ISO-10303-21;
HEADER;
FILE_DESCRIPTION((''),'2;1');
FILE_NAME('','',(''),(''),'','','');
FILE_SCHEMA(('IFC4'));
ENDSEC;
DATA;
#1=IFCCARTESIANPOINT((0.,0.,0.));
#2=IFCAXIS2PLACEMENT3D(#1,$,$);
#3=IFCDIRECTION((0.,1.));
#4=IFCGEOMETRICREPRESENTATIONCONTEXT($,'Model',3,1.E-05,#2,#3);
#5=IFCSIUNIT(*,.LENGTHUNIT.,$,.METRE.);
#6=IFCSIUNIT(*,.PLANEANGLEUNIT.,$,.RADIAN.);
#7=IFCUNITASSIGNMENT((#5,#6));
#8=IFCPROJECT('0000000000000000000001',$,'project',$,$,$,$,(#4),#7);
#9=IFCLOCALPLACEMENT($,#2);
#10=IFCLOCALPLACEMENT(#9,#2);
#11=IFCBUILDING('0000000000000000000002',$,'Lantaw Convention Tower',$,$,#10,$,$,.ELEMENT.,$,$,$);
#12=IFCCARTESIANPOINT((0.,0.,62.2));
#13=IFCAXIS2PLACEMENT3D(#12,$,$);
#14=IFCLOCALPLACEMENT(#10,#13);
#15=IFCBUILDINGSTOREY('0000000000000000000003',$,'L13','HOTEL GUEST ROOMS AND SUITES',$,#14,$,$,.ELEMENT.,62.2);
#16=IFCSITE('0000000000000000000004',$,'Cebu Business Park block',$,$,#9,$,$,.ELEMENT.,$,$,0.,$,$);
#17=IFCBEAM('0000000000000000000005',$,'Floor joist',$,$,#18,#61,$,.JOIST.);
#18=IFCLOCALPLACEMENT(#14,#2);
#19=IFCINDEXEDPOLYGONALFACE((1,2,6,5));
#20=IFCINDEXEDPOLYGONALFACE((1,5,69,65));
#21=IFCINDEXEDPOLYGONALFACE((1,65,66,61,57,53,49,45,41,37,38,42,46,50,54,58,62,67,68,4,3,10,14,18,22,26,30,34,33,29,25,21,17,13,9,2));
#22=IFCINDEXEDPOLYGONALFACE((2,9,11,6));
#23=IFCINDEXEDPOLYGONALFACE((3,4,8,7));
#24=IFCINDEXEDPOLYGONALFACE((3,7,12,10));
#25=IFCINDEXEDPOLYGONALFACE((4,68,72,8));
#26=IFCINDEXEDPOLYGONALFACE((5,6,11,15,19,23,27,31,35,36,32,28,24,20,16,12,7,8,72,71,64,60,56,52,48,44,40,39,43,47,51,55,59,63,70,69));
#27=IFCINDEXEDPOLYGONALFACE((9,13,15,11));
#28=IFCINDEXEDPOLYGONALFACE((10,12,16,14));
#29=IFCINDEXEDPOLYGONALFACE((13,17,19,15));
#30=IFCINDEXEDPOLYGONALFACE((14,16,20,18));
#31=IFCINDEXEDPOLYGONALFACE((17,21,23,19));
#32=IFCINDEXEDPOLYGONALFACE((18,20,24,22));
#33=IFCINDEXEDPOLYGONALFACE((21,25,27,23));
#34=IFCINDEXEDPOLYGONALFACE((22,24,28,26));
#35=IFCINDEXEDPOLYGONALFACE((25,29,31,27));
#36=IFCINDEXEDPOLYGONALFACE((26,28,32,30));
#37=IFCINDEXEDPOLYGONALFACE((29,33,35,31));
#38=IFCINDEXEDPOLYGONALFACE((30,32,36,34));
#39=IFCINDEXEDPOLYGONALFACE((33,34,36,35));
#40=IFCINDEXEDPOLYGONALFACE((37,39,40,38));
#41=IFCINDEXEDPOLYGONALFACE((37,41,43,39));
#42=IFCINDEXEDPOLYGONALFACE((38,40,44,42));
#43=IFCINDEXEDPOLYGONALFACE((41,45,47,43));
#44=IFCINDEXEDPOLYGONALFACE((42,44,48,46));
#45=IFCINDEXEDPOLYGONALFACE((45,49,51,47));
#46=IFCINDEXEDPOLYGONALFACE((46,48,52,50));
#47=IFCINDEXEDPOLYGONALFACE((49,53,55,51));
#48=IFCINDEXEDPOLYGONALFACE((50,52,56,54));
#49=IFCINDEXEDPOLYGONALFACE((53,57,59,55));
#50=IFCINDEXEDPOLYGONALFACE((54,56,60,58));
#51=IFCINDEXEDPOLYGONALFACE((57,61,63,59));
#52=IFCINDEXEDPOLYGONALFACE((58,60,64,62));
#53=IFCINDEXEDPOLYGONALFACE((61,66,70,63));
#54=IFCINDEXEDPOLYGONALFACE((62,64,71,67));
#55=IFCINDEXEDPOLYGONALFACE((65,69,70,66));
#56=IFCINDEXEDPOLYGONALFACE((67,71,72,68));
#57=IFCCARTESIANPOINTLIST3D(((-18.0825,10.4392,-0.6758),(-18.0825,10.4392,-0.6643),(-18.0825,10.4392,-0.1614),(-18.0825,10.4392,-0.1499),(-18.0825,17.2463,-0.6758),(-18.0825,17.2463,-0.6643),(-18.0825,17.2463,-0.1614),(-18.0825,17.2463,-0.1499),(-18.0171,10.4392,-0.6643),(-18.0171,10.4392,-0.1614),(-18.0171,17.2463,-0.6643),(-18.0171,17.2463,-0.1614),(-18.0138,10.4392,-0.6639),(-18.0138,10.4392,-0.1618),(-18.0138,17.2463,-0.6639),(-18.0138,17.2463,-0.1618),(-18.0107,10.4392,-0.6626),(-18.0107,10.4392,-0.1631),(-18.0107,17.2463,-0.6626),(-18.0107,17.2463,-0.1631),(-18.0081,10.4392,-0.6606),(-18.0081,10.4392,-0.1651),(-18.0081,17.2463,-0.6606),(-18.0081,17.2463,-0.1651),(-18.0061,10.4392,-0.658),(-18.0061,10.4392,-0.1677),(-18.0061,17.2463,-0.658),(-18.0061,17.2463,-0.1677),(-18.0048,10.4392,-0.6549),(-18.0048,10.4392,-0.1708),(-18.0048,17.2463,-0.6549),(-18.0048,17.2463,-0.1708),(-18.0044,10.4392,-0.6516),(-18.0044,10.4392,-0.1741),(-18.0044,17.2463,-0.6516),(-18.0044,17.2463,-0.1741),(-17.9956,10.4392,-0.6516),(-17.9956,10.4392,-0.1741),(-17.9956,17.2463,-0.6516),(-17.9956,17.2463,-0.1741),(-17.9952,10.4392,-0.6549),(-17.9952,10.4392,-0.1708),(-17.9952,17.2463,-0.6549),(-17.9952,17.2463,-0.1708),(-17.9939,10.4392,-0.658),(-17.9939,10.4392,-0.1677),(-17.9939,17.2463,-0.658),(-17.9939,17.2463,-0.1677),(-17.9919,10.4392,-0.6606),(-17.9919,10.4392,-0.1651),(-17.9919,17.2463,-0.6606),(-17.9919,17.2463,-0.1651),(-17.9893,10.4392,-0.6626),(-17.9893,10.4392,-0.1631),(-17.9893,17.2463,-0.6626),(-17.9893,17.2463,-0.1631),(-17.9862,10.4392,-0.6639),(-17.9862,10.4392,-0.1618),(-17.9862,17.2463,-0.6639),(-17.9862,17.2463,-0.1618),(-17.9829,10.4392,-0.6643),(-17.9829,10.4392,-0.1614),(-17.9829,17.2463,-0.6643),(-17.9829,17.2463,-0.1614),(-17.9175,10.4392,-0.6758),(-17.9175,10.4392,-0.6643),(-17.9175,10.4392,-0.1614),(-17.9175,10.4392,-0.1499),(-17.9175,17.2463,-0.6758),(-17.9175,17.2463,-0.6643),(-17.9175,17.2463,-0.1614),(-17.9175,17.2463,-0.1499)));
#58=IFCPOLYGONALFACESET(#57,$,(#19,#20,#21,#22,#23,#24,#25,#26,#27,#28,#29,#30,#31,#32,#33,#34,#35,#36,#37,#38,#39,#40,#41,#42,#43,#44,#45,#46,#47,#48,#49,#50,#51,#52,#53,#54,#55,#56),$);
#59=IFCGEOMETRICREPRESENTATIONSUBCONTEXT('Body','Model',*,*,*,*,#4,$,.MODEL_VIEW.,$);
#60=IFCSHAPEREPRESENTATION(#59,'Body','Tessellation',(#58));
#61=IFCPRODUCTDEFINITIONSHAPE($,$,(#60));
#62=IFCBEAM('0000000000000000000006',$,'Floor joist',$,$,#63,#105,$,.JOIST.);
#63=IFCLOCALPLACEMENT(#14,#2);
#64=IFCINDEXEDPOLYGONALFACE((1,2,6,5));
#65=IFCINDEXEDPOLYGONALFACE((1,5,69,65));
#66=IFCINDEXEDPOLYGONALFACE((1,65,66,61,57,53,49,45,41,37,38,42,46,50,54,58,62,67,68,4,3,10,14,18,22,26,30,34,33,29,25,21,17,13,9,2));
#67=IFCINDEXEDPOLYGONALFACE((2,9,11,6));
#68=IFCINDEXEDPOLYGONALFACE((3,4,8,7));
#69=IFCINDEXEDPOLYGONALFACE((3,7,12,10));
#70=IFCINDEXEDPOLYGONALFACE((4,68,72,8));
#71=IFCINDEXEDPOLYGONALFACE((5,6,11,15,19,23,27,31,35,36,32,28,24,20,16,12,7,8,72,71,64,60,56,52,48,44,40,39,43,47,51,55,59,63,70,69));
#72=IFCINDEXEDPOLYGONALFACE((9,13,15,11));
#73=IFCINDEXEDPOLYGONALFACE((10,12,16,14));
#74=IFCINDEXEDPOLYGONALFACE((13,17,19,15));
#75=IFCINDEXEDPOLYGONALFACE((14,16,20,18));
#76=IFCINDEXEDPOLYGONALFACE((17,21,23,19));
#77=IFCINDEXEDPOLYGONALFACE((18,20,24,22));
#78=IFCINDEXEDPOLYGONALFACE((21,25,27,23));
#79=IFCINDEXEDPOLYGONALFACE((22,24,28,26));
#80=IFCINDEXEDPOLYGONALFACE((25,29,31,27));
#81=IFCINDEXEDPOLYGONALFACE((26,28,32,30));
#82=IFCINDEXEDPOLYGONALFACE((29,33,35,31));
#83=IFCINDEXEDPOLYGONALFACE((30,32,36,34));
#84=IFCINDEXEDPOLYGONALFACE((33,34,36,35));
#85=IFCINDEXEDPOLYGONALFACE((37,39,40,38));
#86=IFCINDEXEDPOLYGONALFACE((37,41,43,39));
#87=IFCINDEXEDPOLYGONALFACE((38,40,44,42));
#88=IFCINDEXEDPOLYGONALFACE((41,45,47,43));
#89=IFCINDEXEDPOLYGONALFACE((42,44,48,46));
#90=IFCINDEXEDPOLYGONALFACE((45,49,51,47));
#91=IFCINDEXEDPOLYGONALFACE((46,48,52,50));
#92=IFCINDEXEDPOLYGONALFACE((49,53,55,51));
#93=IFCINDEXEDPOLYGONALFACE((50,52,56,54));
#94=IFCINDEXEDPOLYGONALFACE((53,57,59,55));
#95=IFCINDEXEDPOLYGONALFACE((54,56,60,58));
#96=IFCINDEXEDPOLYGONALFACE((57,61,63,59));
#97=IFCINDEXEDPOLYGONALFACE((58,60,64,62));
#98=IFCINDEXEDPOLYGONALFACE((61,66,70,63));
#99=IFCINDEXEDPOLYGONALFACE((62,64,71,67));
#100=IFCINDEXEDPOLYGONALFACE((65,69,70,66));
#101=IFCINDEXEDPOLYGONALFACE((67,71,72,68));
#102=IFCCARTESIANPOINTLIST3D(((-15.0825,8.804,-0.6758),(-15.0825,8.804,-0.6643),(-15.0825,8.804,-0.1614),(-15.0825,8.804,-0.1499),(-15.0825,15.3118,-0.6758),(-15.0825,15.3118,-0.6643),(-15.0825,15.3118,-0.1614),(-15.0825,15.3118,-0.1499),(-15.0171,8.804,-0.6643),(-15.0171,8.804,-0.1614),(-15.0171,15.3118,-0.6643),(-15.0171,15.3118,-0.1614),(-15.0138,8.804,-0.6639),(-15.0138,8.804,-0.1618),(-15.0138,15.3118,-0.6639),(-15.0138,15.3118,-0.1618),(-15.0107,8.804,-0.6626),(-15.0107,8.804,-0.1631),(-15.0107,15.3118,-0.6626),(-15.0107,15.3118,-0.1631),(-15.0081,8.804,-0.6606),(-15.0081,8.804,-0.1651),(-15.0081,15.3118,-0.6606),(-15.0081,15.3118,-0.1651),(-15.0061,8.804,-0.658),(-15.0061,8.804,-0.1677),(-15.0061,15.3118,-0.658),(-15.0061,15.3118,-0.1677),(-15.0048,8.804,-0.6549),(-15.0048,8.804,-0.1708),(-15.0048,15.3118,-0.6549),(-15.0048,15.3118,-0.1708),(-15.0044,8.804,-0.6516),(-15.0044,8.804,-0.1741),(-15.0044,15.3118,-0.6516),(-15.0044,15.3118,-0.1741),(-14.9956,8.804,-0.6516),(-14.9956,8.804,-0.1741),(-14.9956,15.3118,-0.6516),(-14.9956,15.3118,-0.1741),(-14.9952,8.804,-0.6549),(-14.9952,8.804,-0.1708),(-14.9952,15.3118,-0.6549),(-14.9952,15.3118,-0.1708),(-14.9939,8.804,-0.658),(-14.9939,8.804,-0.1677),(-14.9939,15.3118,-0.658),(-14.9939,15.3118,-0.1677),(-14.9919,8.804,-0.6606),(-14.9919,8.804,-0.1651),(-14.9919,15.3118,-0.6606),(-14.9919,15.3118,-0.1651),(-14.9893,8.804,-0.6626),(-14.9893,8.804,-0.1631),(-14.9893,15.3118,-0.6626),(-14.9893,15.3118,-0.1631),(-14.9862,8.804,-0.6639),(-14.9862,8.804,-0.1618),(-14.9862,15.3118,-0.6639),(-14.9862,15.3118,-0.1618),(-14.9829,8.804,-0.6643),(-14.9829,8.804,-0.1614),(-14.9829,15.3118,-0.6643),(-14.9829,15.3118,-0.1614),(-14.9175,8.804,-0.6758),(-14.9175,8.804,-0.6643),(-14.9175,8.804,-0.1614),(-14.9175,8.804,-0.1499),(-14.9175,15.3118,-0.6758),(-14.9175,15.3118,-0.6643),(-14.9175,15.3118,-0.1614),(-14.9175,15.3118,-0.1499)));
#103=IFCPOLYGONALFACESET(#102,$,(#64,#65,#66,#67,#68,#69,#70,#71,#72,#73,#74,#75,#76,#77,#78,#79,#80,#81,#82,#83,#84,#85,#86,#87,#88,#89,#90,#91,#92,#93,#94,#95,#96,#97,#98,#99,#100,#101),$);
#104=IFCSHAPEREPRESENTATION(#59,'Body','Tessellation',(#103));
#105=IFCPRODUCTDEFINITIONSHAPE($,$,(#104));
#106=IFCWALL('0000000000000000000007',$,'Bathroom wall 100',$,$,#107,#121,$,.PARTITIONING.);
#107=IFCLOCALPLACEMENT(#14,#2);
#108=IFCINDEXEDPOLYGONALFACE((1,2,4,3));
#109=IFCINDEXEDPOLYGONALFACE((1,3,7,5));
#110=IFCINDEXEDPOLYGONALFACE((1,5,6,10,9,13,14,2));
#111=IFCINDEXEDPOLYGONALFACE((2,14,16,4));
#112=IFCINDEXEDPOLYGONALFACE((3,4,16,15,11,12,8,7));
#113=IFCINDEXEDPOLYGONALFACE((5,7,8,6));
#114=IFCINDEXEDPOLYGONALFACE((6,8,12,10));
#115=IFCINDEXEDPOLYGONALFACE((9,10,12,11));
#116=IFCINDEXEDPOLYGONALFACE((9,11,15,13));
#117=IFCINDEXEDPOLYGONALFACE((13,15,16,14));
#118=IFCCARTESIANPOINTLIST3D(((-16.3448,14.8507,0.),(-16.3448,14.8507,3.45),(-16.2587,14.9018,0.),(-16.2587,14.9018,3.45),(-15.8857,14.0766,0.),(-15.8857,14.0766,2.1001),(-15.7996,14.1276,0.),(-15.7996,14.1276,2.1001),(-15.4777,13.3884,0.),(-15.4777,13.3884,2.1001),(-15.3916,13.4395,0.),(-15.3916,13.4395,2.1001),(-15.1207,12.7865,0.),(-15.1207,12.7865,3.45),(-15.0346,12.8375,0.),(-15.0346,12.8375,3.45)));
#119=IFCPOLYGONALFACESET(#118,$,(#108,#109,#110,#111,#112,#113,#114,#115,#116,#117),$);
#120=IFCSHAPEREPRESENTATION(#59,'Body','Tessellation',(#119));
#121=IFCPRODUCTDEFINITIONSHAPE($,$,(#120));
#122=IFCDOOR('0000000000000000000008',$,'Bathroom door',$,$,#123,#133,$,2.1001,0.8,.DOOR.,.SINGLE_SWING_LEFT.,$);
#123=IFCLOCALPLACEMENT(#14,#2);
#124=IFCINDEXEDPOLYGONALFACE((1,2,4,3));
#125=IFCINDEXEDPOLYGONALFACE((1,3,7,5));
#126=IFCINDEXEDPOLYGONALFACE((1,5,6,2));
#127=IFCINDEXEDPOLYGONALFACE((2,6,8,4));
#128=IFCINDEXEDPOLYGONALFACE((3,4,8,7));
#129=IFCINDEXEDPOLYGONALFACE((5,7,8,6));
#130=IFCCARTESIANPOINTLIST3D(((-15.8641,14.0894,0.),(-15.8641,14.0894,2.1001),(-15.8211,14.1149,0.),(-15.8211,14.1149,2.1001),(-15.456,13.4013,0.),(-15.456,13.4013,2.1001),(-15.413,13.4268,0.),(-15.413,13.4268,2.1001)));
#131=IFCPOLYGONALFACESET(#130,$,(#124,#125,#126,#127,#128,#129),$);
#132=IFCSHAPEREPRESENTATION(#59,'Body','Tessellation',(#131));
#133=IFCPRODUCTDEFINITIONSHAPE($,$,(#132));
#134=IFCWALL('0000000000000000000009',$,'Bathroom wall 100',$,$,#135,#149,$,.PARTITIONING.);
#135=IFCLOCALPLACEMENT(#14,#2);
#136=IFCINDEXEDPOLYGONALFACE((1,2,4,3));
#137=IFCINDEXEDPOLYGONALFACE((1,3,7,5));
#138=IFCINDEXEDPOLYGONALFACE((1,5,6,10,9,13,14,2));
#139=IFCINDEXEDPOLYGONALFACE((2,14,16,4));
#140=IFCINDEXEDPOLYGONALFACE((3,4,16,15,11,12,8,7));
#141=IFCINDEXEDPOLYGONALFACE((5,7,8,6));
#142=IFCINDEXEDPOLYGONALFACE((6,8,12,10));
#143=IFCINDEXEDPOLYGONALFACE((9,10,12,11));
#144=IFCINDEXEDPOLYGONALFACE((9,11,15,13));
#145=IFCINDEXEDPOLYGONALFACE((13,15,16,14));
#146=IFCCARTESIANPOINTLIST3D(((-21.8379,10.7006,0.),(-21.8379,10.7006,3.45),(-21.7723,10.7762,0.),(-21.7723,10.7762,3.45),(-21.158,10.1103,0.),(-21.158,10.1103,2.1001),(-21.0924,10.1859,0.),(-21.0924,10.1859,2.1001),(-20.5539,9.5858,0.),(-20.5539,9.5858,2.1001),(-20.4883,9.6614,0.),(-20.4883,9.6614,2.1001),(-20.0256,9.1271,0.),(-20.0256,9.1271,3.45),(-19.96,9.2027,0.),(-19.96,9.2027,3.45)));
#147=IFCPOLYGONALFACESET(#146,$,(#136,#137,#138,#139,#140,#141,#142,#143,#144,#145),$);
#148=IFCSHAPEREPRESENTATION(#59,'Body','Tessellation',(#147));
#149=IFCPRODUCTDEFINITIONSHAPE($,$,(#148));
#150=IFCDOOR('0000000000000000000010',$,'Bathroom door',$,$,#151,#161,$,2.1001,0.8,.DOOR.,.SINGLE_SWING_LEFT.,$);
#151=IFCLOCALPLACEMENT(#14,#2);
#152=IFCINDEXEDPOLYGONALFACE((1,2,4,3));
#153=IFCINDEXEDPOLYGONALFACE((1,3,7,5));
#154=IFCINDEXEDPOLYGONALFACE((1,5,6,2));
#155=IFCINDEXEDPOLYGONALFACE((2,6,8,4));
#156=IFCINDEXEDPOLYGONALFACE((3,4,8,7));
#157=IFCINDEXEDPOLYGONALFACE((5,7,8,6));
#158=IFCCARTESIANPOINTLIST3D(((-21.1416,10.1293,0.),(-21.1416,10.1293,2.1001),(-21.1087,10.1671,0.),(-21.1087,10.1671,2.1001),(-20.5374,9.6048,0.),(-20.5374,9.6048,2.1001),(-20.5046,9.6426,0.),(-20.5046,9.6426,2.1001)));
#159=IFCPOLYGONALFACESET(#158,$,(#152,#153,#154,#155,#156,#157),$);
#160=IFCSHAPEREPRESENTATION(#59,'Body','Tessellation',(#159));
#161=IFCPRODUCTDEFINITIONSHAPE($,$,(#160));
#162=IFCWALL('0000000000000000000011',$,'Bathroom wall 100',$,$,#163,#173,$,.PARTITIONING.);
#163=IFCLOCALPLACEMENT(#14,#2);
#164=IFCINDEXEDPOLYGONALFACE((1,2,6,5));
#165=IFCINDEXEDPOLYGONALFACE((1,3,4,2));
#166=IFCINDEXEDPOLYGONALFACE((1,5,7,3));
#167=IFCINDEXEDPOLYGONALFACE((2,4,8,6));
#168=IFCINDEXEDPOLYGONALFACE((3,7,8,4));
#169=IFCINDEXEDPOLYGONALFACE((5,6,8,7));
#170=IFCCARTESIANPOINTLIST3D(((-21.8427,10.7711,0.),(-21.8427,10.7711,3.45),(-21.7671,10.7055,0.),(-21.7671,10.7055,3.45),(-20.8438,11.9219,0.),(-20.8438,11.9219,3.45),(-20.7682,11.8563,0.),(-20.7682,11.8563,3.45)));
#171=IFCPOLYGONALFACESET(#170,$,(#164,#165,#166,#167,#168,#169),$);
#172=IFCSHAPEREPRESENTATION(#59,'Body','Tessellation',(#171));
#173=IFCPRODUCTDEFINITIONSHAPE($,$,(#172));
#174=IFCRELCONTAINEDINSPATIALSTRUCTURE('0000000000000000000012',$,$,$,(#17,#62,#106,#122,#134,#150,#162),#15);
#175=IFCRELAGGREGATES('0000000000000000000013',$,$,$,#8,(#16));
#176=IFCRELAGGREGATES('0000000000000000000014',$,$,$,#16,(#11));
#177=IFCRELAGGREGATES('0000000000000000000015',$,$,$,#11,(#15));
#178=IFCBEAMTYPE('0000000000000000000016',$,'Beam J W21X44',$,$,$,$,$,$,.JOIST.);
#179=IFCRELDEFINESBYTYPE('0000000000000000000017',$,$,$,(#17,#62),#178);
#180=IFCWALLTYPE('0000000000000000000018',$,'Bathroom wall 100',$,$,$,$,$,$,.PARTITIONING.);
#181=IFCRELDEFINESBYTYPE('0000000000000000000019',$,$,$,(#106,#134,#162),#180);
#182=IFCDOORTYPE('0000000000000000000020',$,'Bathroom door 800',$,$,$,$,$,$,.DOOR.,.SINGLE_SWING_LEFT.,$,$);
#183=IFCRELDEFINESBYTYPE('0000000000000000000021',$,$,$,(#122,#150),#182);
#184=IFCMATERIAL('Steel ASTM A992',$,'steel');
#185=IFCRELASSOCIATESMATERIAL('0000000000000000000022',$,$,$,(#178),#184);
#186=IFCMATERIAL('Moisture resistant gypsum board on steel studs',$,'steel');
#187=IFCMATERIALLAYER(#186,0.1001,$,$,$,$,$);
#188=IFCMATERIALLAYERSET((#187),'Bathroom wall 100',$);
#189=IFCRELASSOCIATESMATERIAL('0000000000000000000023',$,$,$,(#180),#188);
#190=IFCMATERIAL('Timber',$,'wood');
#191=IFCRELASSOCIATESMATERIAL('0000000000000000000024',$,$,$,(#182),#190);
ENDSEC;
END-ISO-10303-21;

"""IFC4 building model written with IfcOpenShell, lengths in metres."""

from ifc_helpers import new_model, si_unit, direction, frame, frame_2d, origin, origin_2d, place, context, subcontext, project, spatial, rectangle, i_section, extrude, material, layer, layer_set, material_profile, profile_set, type_object, element, fill, save


model = new_model("IFC4")

# Units and contexts
model_context = context("Model", 3, precision=1e-05, world=origin(), true_north=direction((0.0, 1.0)))
body_context = subcontext(model_context, "Body", "Model", "MODEL_VIEW")
ifc_project = project(units=[si_unit("LENGTHUNIT", "METRE"), si_unit("PLANEANGLEUNIT", "RADIAN")], contexts=[model_context])

# Site, building, storey
site_placement = place(None, origin())
site = spatial("IfcSite", under=ifc_project, at=site_placement, Name="Cebu Business Park block", CompositionType="ELEMENT", RefElevation=0.0)
building_placement = place(site_placement, origin())
building = spatial("IfcBuilding", under=site, at=building_placement, Name="Lantaw Convention Tower", CompositionType="ELEMENT")
storey_placement = place(building_placement, frame((0.0, 0.0, 62.2)))
storey = spatial("IfcBuildingStorey", under=building, at=storey_placement, Name="L13", Description="HOTEL GUEST ROOMS AND SUITES", CompositionType="ELEMENT", Elevation=62.2)

# Beams
ifc_material_1 = material(Name="Steel ASTM A992", Category="steel")
ifc_material_profile_1 = material_profile(ifc_material_1, i_section(OverallWidth=0.165, OverallDepth=0.5259, WebThickness=0.0088, FlangeThickness=0.0115, FilletRadius=0.0127, at=origin_2d()), Name="W21X44")
ifc_profile_set_1 = profile_set([ifc_material_profile_1], Name="Steel ASTM A992")
beam_type_1 = type_object("IfcBeamType", Name="Beam J W21X44", PredefinedType="JOIST", material=ifc_profile_set_1)
beam_1_placement = place(storey_placement, frame((-18.0, 10.4392, -0.4128), z_axis=(0.0, 1.0, 0.0), x_axis=(-1.0, 0.0, 0.0)))
element("IfcBeam", 1, at=beam_1_placement, inside=storey, type_object=beam_type_1, Name="Floor joist", PredefinedType="JOIST", context=body_context, shape_type="SweptSolid", body=[
    extrude(i_section(OverallWidth=0.165, OverallDepth=0.5259, WebThickness=0.0088, FlangeThickness=0.0115, FilletRadius=0.0127, at=origin_2d()), origin(), (0.0, 0.0, 1.0), 6.8071),
])
beam_2_placement = place(storey_placement, frame((-15.0, 8.804, -0.4128), z_axis=(0.0, 1.0, 0.0), x_axis=(-1.0, 0.0, 0.0)))
element("IfcBeam", 2, at=beam_2_placement, inside=storey, type_object=beam_type_1, Name="Floor joist", PredefinedType="JOIST", context=body_context, shape_type="SweptSolid", body=[
    extrude(i_section(OverallWidth=0.165, OverallDepth=0.5259, WebThickness=0.0088, FlangeThickness=0.0115, FilletRadius=0.0127, at=origin_2d()), origin(), (0.0, 0.0, 1.0), 6.5078),
])

# Walls, openings, doors
ifc_material_2 = material(Name="Moisture resistant gypsum board on steel studs", Category="steel")
ifc_layer_1 = layer(ifc_material_2, 0.1001)
ifc_layer_set_1 = layer_set([ifc_layer_1], Name="Bathroom wall 100")
wall_type_1 = type_object("IfcWallType", Name="Bathroom wall 100", PredefinedType="PARTITIONING", material=ifc_layer_set_1)
wall_1_placement = place(storey_placement, frame((-15.0776, 12.812, 0.0), z_axis=(0.0, 0.0, 1.0), x_axis=(-0.510076, 0.86013, 0.0)))
wall_1 = element("IfcWall", 3, at=wall_1_placement, inside=storey, type_object=wall_type_1, Name="Bathroom wall 100", PredefinedType="PARTITIONING", context=body_context, shape_type="SweptSolid", body=[
    extrude(rectangle(XDim=2.3999, YDim=0.1001, at=frame_2d((1.2, 0.0))), origin(), (0.0, 0.0, 1.0), 3.45),
])
opening_1_placement = place(wall_1_placement, frame((0.7, 0.0, 0.0)))
opening_1 = element("IfcOpeningElement", 4, at=opening_1_placement, cuts=wall_1, PredefinedType="OPENING", context=body_context, shape_type="SweptSolid", body=[
    extrude(rectangle(XDim=0.8, YDim=2.1001, at=frame_2d((0.3999, 1.05))), frame((0.0, 0.0601, 0.0), z_axis=(0.0, -1.0, 0.0), x_axis=(1.0, 0.0, 0.0)), (0.0, 0.0, 1.0), 0.1201),
])
ifc_material_3 = material(Name="Timber", Category="wood")
door_type_1 = type_object("IfcDoorType", Name="Bathroom door 800", OperationType="SINGLE_SWING_LEFT", PredefinedType="DOOR", material=ifc_material_3)
door_1_placement = place(opening_1_placement, origin())
door_1 = element("IfcDoor", 5, at=door_1_placement, inside=storey, type_object=door_type_1, Name="Bathroom door", OperationType="SINGLE_SWING_LEFT", OverallHeight=2.1001, OverallWidth=0.8, PredefinedType="DOOR", context=body_context, shape_type="SweptSolid", body=[
    extrude(rectangle(XDim=0.8, YDim=2.1001, at=frame_2d((0.3999, 1.05))), frame((0.0, 0.0249, 0.0), z_axis=(0.0, -1.0, 0.0), x_axis=(1.0, 0.0, 0.0)), (0.0, 0.0, 1.0), 0.05),
])
fill(opening_1, door_1)
wall_2_placement = place(storey_placement, frame((-19.9927, 9.1648, 0.0), z_axis=(0.0, 0.0, 1.0), x_axis=(-0.755098, 0.655612, 0.0)))
wall_2 = element("IfcWall", 6, at=wall_2_placement, inside=storey, type_object=wall_type_1, Name="Bathroom wall 100", PredefinedType="PARTITIONING", context=body_context, shape_type="SweptSolid", body=[
    extrude(rectangle(XDim=2.4001, YDim=0.1001, at=frame_2d((1.2002, 0.0))), origin(), (0.0, 0.0, 1.0), 3.45),
])
opening_2_placement = place(wall_2_placement, frame((0.7, 0.0, 0.0)))
opening_2 = element("IfcOpeningElement", 7, at=opening_2_placement, cuts=wall_2, PredefinedType="OPENING", context=body_context, shape_type="SweptSolid", body=[
    extrude(rectangle(XDim=0.8, YDim=2.1001, at=frame_2d((0.3999, 1.05))), frame((0.0, 0.0601, 0.0), z_axis=(0.0, -1.0, 0.0), x_axis=(1.0, 0.0, 0.0)), (0.0, 0.0, 1.0), 0.1201),
])
door_2_placement = place(opening_2_placement, origin())
door_2 = element("IfcDoor", 8, at=door_2_placement, inside=storey, type_object=door_type_1, Name="Bathroom door", OperationType="SINGLE_SWING_LEFT", OverallHeight=2.1001, OverallWidth=0.8, PredefinedType="DOOR", context=body_context, shape_type="SweptSolid", body=[
    extrude(rectangle(XDim=0.8, YDim=2.1001, at=frame_2d((0.3999, 1.05))), frame((0.0, 0.0249, 0.0), z_axis=(0.0, -1.0, 0.0), x_axis=(1.0, 0.0, 0.0)), (0.0, 0.0, 1.0), 0.05),
])
fill(opening_2, door_2)

# Wall
wall_3_placement = place(storey_placement, frame((-21.8049, 10.7383, 0.0), z_axis=(0.0, 0.0, 1.0), x_axis=(0.655528, 0.755171, 0.0)))
element("IfcWall", 9, at=wall_3_placement, inside=storey, type_object=wall_type_1, Name="Bathroom wall 100", PredefinedType="PARTITIONING", context=body_context, shape_type="SweptSolid", body=[
    extrude(rectangle(XDim=1.5239, YDim=0.1001, at=frame_2d((0.762, 0.0))), origin(), (0.0, 0.0, 1.0), 3.45),
])

save(model, "model.ifc")
